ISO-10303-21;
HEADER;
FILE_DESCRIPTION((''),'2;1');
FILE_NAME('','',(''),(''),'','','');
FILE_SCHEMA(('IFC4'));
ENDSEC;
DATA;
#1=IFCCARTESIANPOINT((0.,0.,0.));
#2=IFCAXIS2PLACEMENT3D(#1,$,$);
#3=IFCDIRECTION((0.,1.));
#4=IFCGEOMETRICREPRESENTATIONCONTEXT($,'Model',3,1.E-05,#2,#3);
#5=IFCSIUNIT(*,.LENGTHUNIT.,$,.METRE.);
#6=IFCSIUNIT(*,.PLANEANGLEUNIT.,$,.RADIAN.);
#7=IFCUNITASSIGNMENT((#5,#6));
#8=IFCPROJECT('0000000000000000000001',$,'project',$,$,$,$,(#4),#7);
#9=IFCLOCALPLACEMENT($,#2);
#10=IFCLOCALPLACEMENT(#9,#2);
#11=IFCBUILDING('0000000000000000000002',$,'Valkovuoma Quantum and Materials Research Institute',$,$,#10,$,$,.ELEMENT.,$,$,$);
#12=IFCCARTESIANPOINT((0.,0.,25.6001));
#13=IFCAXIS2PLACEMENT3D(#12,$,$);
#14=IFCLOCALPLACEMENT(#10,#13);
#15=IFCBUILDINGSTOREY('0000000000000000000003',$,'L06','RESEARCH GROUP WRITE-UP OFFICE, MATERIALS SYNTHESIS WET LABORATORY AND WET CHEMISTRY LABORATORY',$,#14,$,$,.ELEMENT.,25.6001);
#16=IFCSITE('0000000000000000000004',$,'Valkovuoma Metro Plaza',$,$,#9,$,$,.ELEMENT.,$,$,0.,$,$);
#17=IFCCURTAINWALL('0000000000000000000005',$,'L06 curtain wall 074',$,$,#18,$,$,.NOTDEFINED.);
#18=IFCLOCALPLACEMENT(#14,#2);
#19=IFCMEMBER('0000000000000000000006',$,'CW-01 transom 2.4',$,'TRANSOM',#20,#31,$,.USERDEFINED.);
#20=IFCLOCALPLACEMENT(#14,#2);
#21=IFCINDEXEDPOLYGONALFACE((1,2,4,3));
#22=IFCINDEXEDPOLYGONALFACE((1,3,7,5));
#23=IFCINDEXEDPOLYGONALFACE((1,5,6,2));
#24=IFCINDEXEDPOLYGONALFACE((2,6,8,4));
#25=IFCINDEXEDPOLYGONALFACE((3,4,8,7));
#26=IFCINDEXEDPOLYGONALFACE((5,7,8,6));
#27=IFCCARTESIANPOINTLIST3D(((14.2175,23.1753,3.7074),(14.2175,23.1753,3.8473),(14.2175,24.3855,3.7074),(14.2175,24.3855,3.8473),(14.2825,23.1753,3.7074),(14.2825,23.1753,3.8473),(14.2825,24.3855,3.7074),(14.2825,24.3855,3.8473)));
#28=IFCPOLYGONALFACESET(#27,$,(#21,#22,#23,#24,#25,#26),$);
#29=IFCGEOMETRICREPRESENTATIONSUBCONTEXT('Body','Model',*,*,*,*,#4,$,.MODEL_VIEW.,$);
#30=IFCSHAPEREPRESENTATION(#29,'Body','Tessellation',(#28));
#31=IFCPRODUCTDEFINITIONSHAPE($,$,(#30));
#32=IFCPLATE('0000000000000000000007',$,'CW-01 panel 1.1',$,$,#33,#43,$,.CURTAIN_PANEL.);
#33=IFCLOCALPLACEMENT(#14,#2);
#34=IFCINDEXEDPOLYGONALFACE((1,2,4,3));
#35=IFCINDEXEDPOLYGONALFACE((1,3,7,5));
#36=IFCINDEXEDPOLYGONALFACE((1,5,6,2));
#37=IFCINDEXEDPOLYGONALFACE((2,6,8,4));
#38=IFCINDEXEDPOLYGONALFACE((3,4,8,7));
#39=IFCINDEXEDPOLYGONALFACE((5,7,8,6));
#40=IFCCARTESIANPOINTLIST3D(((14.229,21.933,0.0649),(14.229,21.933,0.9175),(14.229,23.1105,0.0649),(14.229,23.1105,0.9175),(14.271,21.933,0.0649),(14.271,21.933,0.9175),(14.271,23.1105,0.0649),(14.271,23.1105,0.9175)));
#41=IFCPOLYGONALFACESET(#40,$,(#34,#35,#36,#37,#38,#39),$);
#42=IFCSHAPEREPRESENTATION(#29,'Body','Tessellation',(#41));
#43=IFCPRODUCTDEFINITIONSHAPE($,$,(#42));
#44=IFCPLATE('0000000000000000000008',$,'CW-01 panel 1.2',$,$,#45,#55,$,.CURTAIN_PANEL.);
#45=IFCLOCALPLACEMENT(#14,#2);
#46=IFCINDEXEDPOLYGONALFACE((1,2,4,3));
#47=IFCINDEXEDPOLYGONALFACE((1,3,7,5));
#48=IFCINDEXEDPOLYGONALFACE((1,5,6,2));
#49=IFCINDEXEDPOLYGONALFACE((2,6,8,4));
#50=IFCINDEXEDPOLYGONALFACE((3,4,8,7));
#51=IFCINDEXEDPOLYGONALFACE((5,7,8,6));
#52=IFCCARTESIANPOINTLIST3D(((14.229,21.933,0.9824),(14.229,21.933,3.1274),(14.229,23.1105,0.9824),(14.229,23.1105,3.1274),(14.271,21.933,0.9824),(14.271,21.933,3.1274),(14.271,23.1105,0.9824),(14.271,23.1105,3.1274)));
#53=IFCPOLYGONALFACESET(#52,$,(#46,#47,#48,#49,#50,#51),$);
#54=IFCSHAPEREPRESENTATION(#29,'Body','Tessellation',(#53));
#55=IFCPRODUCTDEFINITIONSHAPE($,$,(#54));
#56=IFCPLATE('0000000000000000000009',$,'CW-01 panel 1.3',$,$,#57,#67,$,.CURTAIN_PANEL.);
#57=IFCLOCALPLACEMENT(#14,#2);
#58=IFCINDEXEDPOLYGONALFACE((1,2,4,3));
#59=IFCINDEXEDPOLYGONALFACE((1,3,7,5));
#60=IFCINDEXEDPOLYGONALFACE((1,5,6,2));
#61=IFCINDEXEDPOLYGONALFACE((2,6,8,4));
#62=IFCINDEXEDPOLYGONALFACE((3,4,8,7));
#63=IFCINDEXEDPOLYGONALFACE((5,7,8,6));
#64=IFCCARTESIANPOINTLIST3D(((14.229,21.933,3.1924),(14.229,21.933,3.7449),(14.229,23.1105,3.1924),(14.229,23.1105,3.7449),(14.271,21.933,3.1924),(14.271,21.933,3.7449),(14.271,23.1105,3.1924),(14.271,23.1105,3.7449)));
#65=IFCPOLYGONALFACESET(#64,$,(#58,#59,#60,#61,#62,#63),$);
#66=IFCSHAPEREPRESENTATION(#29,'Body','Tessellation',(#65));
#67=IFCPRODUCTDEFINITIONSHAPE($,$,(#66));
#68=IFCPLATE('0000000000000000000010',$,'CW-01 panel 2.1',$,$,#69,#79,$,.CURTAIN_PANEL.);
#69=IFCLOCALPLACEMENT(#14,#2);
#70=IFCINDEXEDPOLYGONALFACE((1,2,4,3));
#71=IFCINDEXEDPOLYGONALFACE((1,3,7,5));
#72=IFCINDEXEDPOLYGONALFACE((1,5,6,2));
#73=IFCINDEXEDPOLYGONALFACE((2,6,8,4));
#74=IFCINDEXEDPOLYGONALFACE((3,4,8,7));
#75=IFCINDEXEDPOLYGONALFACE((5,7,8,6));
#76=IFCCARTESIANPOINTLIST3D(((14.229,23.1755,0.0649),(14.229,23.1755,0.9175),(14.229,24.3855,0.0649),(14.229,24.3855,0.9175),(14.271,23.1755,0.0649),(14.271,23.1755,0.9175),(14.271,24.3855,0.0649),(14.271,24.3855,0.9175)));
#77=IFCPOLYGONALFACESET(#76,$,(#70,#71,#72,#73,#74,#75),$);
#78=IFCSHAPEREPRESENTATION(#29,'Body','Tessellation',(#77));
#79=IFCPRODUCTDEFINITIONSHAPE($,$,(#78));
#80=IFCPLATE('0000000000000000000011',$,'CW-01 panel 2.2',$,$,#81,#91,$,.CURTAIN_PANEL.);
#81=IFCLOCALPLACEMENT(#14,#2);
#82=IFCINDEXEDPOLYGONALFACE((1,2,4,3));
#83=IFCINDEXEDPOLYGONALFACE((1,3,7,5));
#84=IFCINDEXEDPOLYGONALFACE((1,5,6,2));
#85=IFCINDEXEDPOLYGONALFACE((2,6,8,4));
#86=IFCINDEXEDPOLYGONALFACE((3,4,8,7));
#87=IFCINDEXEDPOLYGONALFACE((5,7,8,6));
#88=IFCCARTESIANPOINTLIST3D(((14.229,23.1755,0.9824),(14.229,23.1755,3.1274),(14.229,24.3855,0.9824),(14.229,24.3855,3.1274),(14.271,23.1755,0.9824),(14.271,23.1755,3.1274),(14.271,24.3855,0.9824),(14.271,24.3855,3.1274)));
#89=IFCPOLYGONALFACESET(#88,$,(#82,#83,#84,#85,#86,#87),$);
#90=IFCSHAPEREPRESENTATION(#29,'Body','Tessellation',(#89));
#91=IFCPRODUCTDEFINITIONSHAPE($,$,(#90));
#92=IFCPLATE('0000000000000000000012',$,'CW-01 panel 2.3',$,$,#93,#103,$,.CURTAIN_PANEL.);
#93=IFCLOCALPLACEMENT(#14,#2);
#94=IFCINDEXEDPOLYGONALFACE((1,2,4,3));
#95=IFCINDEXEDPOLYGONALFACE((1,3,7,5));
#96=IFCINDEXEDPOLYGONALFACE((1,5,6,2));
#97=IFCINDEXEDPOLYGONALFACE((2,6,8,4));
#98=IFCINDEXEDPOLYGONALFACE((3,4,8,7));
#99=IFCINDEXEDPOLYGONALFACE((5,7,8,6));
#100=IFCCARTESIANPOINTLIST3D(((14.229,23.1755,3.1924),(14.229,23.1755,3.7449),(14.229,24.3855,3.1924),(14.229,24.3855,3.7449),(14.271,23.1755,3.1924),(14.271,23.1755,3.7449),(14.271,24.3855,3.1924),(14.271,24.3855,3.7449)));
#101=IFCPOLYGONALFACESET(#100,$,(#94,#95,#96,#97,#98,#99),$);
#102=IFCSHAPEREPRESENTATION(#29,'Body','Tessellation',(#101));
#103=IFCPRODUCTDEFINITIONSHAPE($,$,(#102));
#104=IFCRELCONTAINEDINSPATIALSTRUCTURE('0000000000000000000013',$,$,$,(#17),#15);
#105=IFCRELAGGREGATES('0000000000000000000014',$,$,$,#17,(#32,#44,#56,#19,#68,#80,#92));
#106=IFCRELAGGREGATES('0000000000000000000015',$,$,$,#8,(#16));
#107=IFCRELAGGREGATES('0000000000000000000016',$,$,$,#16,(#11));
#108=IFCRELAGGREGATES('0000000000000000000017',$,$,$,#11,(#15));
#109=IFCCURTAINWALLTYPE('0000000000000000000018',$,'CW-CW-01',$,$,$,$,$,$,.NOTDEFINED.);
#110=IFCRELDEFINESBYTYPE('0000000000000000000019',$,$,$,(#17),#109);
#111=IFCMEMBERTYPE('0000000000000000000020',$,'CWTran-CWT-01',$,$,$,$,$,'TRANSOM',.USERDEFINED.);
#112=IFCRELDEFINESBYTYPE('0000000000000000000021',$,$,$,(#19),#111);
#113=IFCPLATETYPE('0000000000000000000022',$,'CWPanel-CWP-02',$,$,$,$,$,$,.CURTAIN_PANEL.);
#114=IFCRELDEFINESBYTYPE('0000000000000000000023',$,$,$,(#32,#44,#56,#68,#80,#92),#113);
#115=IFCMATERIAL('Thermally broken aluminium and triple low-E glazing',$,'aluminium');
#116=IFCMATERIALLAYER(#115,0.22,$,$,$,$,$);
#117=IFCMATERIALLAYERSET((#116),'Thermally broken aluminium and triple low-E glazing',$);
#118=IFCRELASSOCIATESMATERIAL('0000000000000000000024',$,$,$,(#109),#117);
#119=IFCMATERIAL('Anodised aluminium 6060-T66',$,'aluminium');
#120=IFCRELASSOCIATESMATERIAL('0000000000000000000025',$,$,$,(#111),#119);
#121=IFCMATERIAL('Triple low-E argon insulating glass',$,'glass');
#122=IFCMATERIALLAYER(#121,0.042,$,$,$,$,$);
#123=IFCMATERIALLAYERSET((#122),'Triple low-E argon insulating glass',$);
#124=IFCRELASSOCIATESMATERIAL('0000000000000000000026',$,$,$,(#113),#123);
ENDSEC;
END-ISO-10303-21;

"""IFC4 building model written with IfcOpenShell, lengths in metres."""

from ifc_helpers import new_model, si_unit, direction, frame, origin, origin_2d, place, context, subcontext, project, spatial, rectangle, extrude, material, layer, layer_set, material_profile, profile_set, type_object, element, aggregate, save


model = new_model("IFC4")

# Units and contexts
model_context = context("Model", 3, precision=1e-05, world=origin(), true_north=direction((0.0, 1.0)))
body_context = subcontext(model_context, "Body", "Model", "MODEL_VIEW")
ifc_project = project(units=[si_unit("LENGTHUNIT", "METRE"), si_unit("PLANEANGLEUNIT", "RADIAN")], contexts=[model_context])

# Site, building, storey
site_placement = place(None, origin())
site = spatial("IfcSite", under=ifc_project, at=site_placement, Name="Valkovuoma Metro Plaza", CompositionType="ELEMENT", RefElevation=0.0)
building_placement = place(site_placement, origin())
building = spatial("IfcBuilding", under=site, at=building_placement, Name="Valkovuoma Quantum and Materials Research Institute", CompositionType="ELEMENT")
storey_placement = place(building_placement, frame((0.0, 0.0, 25.6001)))
storey = spatial("IfcBuildingStorey", under=building, at=storey_placement, Name="L06", Description="RESEARCH GROUP WRITE-UP OFFICE, MATERIALS SYNTHESIS WET LABORATORY AND WET CHEMISTRY LABORATORY", CompositionType="ELEMENT", Elevation=25.6001)

# Shared definitions
ifc_material_1 = material(Name="Thermally broken aluminium and triple low-E glazing", Category="aluminium")
ifc_layer_1 = layer(ifc_material_1, 0.22)
ifc_layer_set_1 = layer_set([ifc_layer_1], Name="Thermally broken aluminium and triple low-E glazing")
curtain_wall_type = type_object("IfcCurtainWallType", Name="CW-CW-01", PredefinedType="NOTDEFINED", material=ifc_layer_set_1)

# Curtain wall
curtain_wall_1_placement = place(storey_placement, origin())
curtain_wall_1 = element("IfcCurtainWall", 1, at=curtain_wall_1_placement, inside=storey, type_object=curtain_wall_type, Name="L06 curtain wall 074", PredefinedType="NOTDEFINED")

# Member
ifc_material_2 = material(Name="Anodised aluminium 6060-T66", Category="aluminium")
ifc_material_profile_1 = material_profile(ifc_material_2, rectangle(XDim=0.0649, YDim=0.1399, at=origin_2d()), Name="Anodised aluminium 6060-T66")
ifc_profile_set_1 = profile_set([ifc_material_profile_1], Name="Anodised aluminium 6060-T66")
member_type_1 = type_object("IfcMemberType", Name="CWTran-CWT-01", ElementType="TRANSOM", PredefinedType="USERDEFINED", material=ifc_profile_set_1)
member_1_placement = place(storey_placement, frame((14.25, 23.1753, 3.7773), z_axis=(0.0, 1.0, 0.0), x_axis=(-1.0, 0.0, 0.0)))
member_1 = element("IfcMember", 2, at=member_1_placement, type_object=member_type_1, Name="CW-01 transom 2.4", ObjectType="TRANSOM", PredefinedType="USERDEFINED", context=body_context, shape_type="SweptSolid", body=[
    extrude(rectangle(XDim=0.0649, YDim=0.1399, at=origin_2d()), origin(), (0.0, 0.0, 1.0), 1.2102),
])

# Plates
ifc_material_3 = material(Name="Triple low-E argon insulating glass", Category="glass")
ifc_layer_2 = layer(ifc_material_3, 0.042)
ifc_layer_set_2 = layer_set([ifc_layer_2], Name="Triple low-E argon insulating glass")
plate_type = type_object("IfcPlateType", Name="CWPanel-CWP-02", PredefinedType="CURTAIN_PANEL", material=ifc_layer_set_2)
plate_1_placement = place(storey_placement, frame((14.25, 22.5217, 0.0649), z_axis=(0.0, 0.0, 1.0), x_axis=(0.0, 1.0, 0.0)))
plate_1 = element("IfcPlate", 3, at=plate_1_placement, type_object=plate_type, Name="CW-01 panel 1.1", PredefinedType="CURTAIN_PANEL", context=body_context, shape_type="SweptSolid", body=[
    extrude(rectangle(XDim=1.1775, YDim=0.042, at=origin_2d()), origin(), (0.0, 0.0, 1.0), 0.8525),
])
plate_2_placement = place(storey_placement, frame((14.25, 22.5217, 0.9824), z_axis=(0.0, 0.0, 1.0), x_axis=(0.0, 1.0, 0.0)))
plate_2 = element("IfcPlate", 4, at=plate_2_placement, type_object=plate_type, Name="CW-01 panel 1.2", PredefinedType="CURTAIN_PANEL", context=body_context, shape_type="SweptSolid", body=[
    extrude(rectangle(XDim=1.1775, YDim=0.042, at=origin_2d()), origin(), (0.0, 0.0, 1.0), 2.145),
])
plate_3_placement = place(storey_placement, frame((14.25, 22.5217, 3.1924), z_axis=(0.0, 0.0, 1.0), x_axis=(0.0, 1.0, 0.0)))
plate_3 = element("IfcPlate", 5, at=plate_3_placement, type_object=plate_type, Name="CW-01 panel 1.3", PredefinedType="CURTAIN_PANEL", context=body_context, shape_type="SweptSolid", body=[
    extrude(rectangle(XDim=1.1775, YDim=0.042, at=origin_2d()), origin(), (0.0, 0.0, 1.0), 0.5525),
])
plate_4_placement = place(storey_placement, frame((14.25, 23.7805, 0.0649), z_axis=(0.0, 0.0, 1.0), x_axis=(0.0, 1.0, 0.0)))
plate_4 = element("IfcPlate", 6, at=plate_4_placement, type_object=plate_type, Name="CW-01 panel 2.1", PredefinedType="CURTAIN_PANEL", context=body_context, shape_type="SweptSolid", body=[
    extrude(rectangle(XDim=1.21, YDim=0.042, at=origin_2d()), origin(), (0.0, 0.0, 1.0), 0.8525),
])
plate_5_placement = place(storey_placement, frame((14.25, 23.7805, 0.9824), z_axis=(0.0, 0.0, 1.0), x_axis=(0.0, 1.0, 0.0)))
plate_5 = element("IfcPlate", 7, at=plate_5_placement, type_object=plate_type, Name="CW-01 panel 2.2", PredefinedType="CURTAIN_PANEL", context=body_context, shape_type="SweptSolid", body=[
    extrude(rectangle(XDim=1.21, YDim=0.042, at=origin_2d()), origin(), (0.0, 0.0, 1.0), 2.145),
])
plate_6_placement = place(storey_placement, frame((14.25, 23.7805, 3.1924), z_axis=(0.0, 0.0, 1.0), x_axis=(0.0, 1.0, 0.0)))
plate_6 = element("IfcPlate", 8, at=plate_6_placement, type_object=plate_type, Name="CW-01 panel 2.3", PredefinedType="CURTAIN_PANEL", context=body_context, shape_type="SweptSolid", body=[
    extrude(rectangle(XDim=1.21, YDim=0.042, at=origin_2d()), origin(), (0.0, 0.0, 1.0), 0.5525),
])
aggregate(curtain_wall_1, [plate_1, plate_2, plate_3, member_1, plate_4, plate_5, plate_6])

save(model, "model.ifc")
